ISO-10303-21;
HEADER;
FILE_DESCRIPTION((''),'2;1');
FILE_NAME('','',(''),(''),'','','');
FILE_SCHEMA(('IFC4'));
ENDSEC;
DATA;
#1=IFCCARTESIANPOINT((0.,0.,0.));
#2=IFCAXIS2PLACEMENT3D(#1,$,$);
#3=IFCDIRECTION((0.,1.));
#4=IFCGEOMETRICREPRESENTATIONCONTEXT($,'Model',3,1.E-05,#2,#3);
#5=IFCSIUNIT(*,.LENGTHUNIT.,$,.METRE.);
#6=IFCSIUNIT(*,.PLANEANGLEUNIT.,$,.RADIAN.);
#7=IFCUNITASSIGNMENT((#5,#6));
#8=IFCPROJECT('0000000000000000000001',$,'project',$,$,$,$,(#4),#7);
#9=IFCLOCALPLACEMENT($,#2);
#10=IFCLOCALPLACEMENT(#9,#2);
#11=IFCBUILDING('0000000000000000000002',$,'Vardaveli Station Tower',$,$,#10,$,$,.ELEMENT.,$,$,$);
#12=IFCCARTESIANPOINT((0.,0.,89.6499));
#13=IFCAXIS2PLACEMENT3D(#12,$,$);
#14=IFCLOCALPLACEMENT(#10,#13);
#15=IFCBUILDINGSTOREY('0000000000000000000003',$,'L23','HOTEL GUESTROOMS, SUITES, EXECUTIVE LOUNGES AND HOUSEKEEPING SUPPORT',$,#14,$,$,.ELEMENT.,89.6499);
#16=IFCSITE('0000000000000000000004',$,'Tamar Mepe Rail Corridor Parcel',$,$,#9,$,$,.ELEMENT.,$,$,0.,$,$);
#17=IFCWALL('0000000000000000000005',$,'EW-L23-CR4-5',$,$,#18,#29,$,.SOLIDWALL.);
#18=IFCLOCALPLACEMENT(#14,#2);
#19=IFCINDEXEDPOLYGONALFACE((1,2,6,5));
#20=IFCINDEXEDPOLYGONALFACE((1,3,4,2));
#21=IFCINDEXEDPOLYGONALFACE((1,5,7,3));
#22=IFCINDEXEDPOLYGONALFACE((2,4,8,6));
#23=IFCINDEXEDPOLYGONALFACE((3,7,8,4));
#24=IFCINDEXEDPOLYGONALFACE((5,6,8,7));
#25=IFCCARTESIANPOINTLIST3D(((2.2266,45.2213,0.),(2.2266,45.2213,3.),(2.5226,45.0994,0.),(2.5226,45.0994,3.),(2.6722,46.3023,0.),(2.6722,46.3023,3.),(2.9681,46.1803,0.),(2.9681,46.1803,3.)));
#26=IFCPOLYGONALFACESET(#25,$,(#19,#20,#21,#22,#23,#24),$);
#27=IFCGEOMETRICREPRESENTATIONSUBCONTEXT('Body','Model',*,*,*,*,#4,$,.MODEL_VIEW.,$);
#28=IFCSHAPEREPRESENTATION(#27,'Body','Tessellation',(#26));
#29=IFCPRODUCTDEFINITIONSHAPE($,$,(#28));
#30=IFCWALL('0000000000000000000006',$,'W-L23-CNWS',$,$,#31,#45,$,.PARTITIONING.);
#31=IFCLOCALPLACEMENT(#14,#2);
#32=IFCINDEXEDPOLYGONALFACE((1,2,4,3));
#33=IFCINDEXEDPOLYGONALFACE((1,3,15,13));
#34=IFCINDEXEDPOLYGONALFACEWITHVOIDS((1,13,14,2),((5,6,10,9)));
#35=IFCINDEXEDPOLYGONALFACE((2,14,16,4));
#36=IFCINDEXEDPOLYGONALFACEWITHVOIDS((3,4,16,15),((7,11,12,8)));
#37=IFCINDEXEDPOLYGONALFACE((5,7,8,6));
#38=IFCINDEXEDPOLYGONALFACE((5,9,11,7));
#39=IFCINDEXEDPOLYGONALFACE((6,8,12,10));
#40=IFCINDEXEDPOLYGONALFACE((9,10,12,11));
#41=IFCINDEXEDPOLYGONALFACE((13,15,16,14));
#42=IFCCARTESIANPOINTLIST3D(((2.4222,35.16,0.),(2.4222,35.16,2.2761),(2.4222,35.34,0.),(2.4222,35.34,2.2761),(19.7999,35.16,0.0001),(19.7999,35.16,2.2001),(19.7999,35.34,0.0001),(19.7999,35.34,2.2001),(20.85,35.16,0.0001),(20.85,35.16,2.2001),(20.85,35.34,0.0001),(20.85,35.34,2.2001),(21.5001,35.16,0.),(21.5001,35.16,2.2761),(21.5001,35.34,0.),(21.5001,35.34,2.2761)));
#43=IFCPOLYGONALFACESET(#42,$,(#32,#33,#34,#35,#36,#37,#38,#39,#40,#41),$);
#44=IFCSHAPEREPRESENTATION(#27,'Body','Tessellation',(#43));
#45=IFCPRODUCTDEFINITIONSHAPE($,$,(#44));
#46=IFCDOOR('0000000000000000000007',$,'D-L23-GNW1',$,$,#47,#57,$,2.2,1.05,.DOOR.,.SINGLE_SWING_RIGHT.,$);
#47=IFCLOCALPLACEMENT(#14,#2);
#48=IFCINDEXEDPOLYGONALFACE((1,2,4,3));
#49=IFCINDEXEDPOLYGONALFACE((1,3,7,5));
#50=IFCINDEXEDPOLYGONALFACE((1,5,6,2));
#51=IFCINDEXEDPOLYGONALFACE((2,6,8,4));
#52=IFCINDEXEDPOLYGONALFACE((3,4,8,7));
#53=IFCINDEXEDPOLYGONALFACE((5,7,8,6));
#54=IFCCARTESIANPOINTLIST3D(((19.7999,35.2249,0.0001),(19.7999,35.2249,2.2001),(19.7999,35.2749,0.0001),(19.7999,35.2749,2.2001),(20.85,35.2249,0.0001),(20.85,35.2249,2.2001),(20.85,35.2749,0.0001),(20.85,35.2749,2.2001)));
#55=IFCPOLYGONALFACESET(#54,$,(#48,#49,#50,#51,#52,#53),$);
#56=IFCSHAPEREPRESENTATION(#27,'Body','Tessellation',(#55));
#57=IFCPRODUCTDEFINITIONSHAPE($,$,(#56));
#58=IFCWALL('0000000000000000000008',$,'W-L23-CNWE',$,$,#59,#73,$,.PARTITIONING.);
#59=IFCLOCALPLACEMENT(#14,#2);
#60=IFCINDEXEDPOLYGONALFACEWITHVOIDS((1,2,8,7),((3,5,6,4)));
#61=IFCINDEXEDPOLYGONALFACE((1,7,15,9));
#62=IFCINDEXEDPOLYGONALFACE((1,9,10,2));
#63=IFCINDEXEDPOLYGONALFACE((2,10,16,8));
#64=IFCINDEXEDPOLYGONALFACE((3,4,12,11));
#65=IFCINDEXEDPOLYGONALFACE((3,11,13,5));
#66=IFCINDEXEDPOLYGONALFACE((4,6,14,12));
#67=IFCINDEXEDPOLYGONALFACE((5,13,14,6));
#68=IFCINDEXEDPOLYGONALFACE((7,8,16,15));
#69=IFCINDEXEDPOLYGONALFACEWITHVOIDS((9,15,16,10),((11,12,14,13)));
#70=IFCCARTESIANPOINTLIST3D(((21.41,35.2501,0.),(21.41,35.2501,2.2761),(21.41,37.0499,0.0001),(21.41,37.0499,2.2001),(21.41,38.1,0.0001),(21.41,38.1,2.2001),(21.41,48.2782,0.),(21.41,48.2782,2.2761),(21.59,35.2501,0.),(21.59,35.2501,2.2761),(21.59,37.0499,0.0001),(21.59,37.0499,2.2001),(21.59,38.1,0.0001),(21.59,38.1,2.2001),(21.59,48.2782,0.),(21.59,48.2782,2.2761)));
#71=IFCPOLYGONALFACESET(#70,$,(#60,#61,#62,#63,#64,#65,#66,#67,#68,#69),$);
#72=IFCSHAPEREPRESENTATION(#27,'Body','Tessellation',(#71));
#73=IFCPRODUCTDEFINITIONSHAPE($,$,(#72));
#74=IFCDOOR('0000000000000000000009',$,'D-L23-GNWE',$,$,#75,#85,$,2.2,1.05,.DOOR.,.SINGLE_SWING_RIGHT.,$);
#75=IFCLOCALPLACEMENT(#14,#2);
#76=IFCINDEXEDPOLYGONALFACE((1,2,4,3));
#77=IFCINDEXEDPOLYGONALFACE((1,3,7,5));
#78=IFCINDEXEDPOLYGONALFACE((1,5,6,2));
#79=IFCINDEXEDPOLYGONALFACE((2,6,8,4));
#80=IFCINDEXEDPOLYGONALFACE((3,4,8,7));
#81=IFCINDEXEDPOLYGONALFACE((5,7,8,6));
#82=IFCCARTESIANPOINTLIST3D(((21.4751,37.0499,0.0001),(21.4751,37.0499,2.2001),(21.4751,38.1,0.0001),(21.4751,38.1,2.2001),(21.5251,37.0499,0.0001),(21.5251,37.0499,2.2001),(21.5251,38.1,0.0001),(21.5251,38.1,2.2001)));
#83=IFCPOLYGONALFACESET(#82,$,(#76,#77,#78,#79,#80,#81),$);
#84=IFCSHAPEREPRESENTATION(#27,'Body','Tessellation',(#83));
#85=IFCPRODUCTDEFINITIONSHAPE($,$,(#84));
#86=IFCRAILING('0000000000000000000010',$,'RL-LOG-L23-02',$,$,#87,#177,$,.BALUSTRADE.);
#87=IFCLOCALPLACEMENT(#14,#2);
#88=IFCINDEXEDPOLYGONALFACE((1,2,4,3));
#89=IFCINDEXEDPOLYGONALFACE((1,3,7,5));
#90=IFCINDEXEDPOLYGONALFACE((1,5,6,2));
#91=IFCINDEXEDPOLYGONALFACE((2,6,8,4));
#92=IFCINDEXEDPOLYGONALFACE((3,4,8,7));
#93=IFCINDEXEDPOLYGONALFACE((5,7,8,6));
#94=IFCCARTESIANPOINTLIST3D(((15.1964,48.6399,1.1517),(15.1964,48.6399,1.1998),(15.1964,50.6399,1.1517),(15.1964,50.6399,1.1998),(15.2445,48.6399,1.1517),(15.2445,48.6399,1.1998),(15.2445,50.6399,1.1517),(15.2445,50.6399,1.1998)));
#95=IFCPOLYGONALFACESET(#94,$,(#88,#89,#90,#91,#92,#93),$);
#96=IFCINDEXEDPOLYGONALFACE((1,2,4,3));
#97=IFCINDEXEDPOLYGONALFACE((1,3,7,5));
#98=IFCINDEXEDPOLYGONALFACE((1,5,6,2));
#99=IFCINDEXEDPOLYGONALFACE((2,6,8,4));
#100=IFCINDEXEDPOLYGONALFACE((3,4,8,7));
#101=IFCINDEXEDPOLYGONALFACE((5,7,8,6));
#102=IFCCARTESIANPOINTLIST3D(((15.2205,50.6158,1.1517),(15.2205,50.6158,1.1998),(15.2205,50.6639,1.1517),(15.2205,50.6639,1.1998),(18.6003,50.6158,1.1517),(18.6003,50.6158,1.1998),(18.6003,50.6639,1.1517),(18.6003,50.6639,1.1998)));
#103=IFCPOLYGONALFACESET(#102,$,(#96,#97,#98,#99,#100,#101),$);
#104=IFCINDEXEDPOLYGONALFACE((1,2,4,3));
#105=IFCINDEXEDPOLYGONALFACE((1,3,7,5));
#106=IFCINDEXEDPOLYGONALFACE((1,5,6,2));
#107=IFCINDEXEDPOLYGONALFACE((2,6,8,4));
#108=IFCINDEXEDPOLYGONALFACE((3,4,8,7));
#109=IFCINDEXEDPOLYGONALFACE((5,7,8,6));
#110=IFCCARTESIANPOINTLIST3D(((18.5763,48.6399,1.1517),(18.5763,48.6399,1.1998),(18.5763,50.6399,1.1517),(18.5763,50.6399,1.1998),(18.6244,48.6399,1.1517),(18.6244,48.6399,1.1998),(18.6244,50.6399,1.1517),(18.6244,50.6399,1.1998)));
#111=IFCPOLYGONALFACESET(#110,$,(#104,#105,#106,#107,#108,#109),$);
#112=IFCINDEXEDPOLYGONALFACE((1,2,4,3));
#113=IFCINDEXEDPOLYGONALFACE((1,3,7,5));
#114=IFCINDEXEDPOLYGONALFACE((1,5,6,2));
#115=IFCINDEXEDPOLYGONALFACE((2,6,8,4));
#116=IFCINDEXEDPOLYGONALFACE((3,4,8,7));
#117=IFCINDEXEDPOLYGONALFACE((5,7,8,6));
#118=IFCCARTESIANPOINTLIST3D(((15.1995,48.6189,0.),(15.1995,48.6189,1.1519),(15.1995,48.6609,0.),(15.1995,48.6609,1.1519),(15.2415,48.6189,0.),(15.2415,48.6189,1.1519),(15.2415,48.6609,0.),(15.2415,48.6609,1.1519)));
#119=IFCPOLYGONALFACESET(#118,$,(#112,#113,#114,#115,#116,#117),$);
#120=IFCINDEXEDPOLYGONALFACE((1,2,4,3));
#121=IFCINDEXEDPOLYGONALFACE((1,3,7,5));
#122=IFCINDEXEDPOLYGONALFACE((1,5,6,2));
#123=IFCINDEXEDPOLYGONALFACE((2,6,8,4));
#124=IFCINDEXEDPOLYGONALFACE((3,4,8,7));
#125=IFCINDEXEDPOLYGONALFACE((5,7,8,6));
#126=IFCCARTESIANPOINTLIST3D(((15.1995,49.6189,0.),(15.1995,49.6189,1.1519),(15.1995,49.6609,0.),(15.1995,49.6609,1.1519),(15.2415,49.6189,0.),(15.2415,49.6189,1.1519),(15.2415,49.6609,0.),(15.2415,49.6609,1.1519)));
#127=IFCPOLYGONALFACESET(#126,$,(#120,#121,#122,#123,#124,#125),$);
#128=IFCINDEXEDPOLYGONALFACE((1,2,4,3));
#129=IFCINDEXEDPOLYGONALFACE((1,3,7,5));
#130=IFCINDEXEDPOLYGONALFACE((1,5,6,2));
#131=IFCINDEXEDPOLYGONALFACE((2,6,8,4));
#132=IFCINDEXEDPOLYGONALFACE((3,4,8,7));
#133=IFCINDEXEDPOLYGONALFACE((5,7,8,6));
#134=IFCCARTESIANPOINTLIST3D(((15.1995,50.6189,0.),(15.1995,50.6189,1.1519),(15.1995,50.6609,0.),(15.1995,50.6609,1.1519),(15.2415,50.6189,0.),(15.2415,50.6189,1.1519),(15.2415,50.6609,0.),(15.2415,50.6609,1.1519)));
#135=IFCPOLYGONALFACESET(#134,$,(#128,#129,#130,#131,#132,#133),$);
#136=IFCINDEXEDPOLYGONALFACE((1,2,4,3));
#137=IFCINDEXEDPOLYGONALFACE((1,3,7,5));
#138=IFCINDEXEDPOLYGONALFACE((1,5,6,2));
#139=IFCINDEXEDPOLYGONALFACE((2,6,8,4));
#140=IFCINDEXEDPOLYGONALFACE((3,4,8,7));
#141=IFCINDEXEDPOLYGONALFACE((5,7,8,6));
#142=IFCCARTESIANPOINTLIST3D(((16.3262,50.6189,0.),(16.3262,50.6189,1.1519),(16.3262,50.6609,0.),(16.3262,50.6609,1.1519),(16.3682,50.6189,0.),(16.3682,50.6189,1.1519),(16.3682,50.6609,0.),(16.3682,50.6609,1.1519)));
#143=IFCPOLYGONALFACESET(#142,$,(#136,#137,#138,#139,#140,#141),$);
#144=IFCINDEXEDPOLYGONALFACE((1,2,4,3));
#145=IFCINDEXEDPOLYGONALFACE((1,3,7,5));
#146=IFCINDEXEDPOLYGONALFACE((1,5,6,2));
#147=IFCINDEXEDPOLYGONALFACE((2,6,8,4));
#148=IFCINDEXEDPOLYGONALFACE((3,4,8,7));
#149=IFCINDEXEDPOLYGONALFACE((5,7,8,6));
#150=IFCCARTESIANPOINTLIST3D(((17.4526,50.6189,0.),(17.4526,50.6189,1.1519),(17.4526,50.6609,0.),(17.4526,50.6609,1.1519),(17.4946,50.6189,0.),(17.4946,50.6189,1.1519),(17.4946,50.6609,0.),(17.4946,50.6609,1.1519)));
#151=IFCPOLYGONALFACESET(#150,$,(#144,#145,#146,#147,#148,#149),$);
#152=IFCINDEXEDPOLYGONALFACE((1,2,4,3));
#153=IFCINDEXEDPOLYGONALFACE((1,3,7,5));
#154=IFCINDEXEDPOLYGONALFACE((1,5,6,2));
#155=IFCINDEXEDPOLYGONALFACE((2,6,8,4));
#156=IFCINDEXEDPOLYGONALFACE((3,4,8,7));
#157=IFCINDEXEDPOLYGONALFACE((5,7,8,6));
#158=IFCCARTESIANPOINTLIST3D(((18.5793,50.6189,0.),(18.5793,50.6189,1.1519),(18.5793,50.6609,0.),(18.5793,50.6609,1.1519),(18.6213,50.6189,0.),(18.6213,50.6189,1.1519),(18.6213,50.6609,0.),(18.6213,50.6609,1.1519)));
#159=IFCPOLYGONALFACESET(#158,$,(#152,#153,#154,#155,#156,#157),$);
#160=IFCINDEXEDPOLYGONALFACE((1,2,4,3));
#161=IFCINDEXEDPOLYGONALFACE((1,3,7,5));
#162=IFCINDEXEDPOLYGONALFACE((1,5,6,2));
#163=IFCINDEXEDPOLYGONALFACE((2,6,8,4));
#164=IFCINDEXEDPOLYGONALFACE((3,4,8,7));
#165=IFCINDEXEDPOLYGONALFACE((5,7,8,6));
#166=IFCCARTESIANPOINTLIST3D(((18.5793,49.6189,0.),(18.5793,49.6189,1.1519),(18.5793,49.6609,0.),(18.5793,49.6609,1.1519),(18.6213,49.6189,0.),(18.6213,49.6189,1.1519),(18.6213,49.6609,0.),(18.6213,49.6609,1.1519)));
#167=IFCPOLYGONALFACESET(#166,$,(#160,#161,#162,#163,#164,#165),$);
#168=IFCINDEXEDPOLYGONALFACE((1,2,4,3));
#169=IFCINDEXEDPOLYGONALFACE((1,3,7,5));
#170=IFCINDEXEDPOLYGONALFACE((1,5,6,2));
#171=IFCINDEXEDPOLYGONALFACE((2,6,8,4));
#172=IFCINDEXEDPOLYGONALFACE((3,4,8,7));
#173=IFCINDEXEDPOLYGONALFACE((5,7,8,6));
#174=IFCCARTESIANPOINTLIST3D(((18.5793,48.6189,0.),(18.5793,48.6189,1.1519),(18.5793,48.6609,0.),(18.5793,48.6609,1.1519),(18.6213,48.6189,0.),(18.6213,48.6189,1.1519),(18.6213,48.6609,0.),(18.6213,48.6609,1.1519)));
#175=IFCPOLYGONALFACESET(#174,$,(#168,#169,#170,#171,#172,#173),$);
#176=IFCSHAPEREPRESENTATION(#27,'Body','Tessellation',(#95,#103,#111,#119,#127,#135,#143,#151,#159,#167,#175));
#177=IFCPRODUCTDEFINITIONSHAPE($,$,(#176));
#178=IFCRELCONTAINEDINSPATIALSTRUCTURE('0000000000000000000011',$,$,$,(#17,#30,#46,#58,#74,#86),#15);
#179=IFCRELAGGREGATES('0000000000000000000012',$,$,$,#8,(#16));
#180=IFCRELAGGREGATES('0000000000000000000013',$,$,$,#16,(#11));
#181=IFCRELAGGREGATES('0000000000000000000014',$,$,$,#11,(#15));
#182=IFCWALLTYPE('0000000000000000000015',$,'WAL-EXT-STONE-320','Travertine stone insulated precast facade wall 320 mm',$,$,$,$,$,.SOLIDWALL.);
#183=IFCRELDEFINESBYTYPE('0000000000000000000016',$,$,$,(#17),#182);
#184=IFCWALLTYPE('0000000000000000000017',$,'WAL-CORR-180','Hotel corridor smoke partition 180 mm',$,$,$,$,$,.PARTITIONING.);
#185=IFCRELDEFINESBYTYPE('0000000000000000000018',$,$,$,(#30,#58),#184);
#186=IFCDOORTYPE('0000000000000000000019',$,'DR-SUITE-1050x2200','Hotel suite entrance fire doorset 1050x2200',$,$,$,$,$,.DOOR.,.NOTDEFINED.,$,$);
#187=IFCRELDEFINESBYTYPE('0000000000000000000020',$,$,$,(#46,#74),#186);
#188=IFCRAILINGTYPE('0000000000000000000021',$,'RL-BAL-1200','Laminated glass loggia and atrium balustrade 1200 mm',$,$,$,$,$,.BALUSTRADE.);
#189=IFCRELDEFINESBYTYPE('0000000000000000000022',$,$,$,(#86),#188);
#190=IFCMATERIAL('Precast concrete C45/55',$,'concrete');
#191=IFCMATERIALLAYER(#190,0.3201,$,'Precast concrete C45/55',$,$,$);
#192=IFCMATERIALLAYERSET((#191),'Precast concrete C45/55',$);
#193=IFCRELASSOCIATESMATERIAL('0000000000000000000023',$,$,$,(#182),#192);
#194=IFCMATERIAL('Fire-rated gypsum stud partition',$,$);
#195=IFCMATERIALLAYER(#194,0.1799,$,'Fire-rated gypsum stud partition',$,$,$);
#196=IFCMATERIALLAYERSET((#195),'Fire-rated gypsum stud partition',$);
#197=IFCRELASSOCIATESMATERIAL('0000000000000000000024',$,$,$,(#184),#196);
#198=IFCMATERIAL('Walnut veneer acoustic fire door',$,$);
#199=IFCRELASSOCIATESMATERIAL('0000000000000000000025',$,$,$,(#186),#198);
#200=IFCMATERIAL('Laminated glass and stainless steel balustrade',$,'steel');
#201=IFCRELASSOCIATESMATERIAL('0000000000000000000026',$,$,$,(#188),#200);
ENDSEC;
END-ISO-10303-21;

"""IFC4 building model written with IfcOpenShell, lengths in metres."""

from ifc_helpers import new_model, si_unit, direction, frame, frame_2d, origin, origin_2d, place, context, subcontext, project, spatial, rectangle, extrude, source, transform, mapped, material, layer, layer_set, type_object, element, fill, save


model = new_model("IFC4")

# Units and contexts
model_context = context("Model", 3, precision=1e-05, world=origin(), true_north=direction((0.0, 1.0)))
body_context = subcontext(model_context, "Body", "Model", "MODEL_VIEW")
ifc_project = project(units=[si_unit("LENGTHUNIT", "METRE"), si_unit("PLANEANGLEUNIT", "RADIAN")], contexts=[model_context])

# Site, building, storey
site_placement = place(None, origin())
site = spatial("IfcSite", under=ifc_project, at=site_placement, Name="Tamar Mepe Rail Corridor Parcel", CompositionType="ELEMENT", RefElevation=0.0)
building_placement = place(site_placement, origin())
building = spatial("IfcBuilding", under=site, at=building_placement, Name="Vardaveli Station Tower", CompositionType="ELEMENT")
storey_placement = place(building_placement, frame((0.0, 0.0, 89.6499)))
storey = spatial("IfcBuildingStorey", under=building, at=storey_placement, Name="L23", Description="HOTEL GUESTROOMS, SUITES, EXECUTIVE LOUNGES AND HOUSEKEEPING SUPPORT", CompositionType="ELEMENT", Elevation=89.6499)

# Shared definitions
ifc_material_1 = material(Name="Precast concrete C45/55", Category="concrete")

# Shared definitions
ifc_layer_1 = layer(ifc_material_1, 0.3201, Name="Precast concrete C45/55")
ifc_layer_set_1 = layer_set([ifc_layer_1], Name="Precast concrete C45/55")
wall_type_1 = type_object("IfcWallType", Name="WAL-EXT-STONE-320", Description="Travertine stone insulated precast facade wall 320 mm", PredefinedType="SOLIDWALL", material=ifc_layer_set_1)

# Wall
shared_shape_1 = source(origin(), body_context, "Body", "SweptSolid", [
    extrude(rectangle(XDim=1.1692, YDim=0.3201, at=frame_2d((0.5845, 0.0))), origin(), (0.0, 0.0, 1.0), 3.0),
])
for number, where, z_axis, x_axis, name in (
    (1, (2.8201, 46.2412, 0.0), (0.0, 0.0, 1.0), (-0.381054, -0.924553, 0.0), "EW-L23-CR4-5"),
):
    element("IfcWall", number, at=place(storey_placement, frame(where, z_axis=z_axis, x_axis=x_axis)), inside=storey, type_object=wall_type_1, Name=name, PredefinedType="SOLIDWALL", context=body_context, shape_type="MappedRepresentation", body=[
        mapped(shared_shape_1, transform((0.0, 0.0, 0.0), scale=1.0)),
    ])

# Walls, openings, doors
ifc_material_2 = material(Name="Fire-rated gypsum stud partition")
ifc_layer_2 = layer(ifc_material_2, 0.1799, Name="Fire-rated gypsum stud partition")
ifc_layer_set_2 = layer_set([ifc_layer_2], Name="Fire-rated gypsum stud partition")
wall_type_2 = type_object("IfcWallType", Name="WAL-CORR-180", Description="Hotel corridor smoke partition 180 mm", PredefinedType="PARTITIONING", material=ifc_layer_set_2)
shared_shape_2 = source(origin(), body_context, "Body", "SweptSolid", [
    extrude(rectangle(XDim=19.0779, YDim=0.1799, at=frame_2d((9.5391, 0.0))), origin(), (0.0, 0.0, 1.0), 2.2761),
])
wall_1_placement = place(storey_placement, frame((2.4221, 35.25, 0.0), z_axis=(0.0, 0.0, 1.0), x_axis=(1.0, 0.0, 0.0)))
wall_1 = element("IfcWall", 2, at=wall_1_placement, inside=storey, type_object=wall_type_2, Name="W-L23-CNWS", PredefinedType="PARTITIONING", context=body_context, shape_type="MappedRepresentation", body=[
    mapped(shared_shape_2, transform((0.0, 0.0, 0.0), scale=1.0)),
])
shared_shape_3 = source(origin(), body_context, "Body", "SweptSolid", [
    extrude(rectangle(XDim=1.05, YDim=2.2, at=frame_2d((0.5249, 1.1001))), frame((0.0, 0.1001, 0.0), z_axis=(0.0, -1.0, 0.0), x_axis=(1.0, 0.0, 0.0)), (0.0, 0.0, 1.0), 0.2),
])
opening_1_placement = place(wall_1_placement, frame((17.3779, 0.0, 0.0)))
opening_1 = element("IfcOpeningElement", 3, at=opening_1_placement, cuts=wall_1, PredefinedType="OPENING", context=body_context, shape_type="MappedRepresentation", body=[
    mapped(shared_shape_3, transform((0.0, 0.0, 0.0), scale=1.0)),
])
ifc_material_3 = material(Name="Walnut veneer acoustic fire door")
door_type = type_object("IfcDoorType", Name="DR-SUITE-1050x2200", Description="Hotel suite entrance fire doorset 1050x2200", OperationType="NOTDEFINED", PredefinedType="DOOR", material=ifc_material_3)
shared_shape_4 = source(origin(), body_context, "Body", "SweptSolid", [
    extrude(rectangle(XDim=1.05, YDim=2.2, at=frame_2d((0.5249, 1.1001))), frame((0.0, 0.0249, 0.0), z_axis=(0.0, -1.0, 0.0), x_axis=(1.0, 0.0, 0.0)), (0.0, 0.0, 1.0), 0.05),
])
door_1_placement = place(opening_1_placement, origin())
door_1 = element("IfcDoor", 4, at=door_1_placement, inside=storey, type_object=door_type, Name="D-L23-GNW1", OperationType="SINGLE_SWING_RIGHT", OverallHeight=2.2, OverallWidth=1.05, PredefinedType="DOOR", context=body_context, shape_type="MappedRepresentation", body=[
    mapped(shared_shape_4, transform((0.0, 0.0, 0.0), scale=1.0)),
])
fill(opening_1, door_1)
shared_shape_5 = source(origin(), body_context, "Body", "SweptSolid", [
    extrude(rectangle(XDim=13.0281, YDim=0.1799, at=frame_2d((6.5142, 0.0))), origin(), (0.0, 0.0, 1.0), 2.2761),
])
wall_2_placement = place(storey_placement, frame((21.5, 35.25, 0.0), z_axis=(0.0, 0.0, 1.0), x_axis=(0.0, 1.0, 0.0)))
wall_2 = element("IfcWall", 5, at=wall_2_placement, inside=storey, type_object=wall_type_2, Name="W-L23-CNWE", PredefinedType="PARTITIONING", context=body_context, shape_type="MappedRepresentation", body=[
    mapped(shared_shape_5, transform((0.0, 0.0, 0.0), scale=1.0)),
])
opening_2_placement = place(wall_2_placement, frame((1.8, 0.0, 0.0)))
opening_2 = element("IfcOpeningElement", 6, at=opening_2_placement, cuts=wall_2, PredefinedType="OPENING", context=body_context, shape_type="MappedRepresentation", body=[
    mapped(shared_shape_3, transform((0.0, 0.0, 0.0), scale=1.0)),
])
door_2_placement = place(opening_2_placement, origin())
door_2 = element("IfcDoor", 7, at=door_2_placement, inside=storey, type_object=door_type, Name="D-L23-GNWE", OperationType="SINGLE_SWING_RIGHT", OverallHeight=2.2, OverallWidth=1.05, PredefinedType="DOOR", context=body_context, shape_type="MappedRepresentation", body=[
    mapped(shared_shape_4, transform((0.0, 0.0, 0.0), scale=1.0)),
])
fill(opening_2, door_2)

# Railing
ifc_material_4 = material(Name="Laminated glass and stainless steel balustrade", Category="steel")
railing_type = type_object("IfcRailingType", Name="RL-BAL-1200", Description="Laminated glass loggia and atrium balustrade 1200 mm", PredefinedType="BALUSTRADE", material=ifc_material_4)
shared_shape_6 = source(origin(), body_context, "Body", "SweptSolid", [
    extrude(rectangle(XDim=0.0481, YDim=0.0481, at=origin_2d()), frame((0.0, 0.0, 1.1758), z_axis=(0.0, 1.0, 0.0), x_axis=(-1.0, 0.0, 0.0)), (0.0, 0.0, 1.0), 2.0),
    extrude(rectangle(XDim=0.0481, YDim=0.0481, at=origin_2d()), frame((0.0, 2.0, 1.1758), z_axis=(1.0, 0.0, 0.0), x_axis=(0.0, 1.0, 0.0)), (0.0, 0.0, 1.0), 3.3799),
    extrude(rectangle(XDim=0.0481, YDim=0.0481, at=origin_2d()), frame((3.3799, 2.0, 1.1758), z_axis=(0.0, -1.0, 0.0), x_axis=(1.0, 0.0, 0.0)), (0.0, 0.0, 1.0), 2.0),
    extrude(rectangle(XDim=0.042, YDim=0.042, at=origin_2d()), origin(), (0.0, 0.0, 1.0), 1.1519),
    extrude(rectangle(XDim=0.042, YDim=0.042, at=origin_2d()), frame((0.0, 1.0, 0.0)), (0.0, 0.0, 1.0), 1.1519),
    extrude(rectangle(XDim=0.042, YDim=0.042, at=origin_2d()), frame((0.0, 2.0, 0.0)), (0.0, 0.0, 1.0), 1.1519),
    extrude(rectangle(XDim=0.042, YDim=0.042, at=origin_2d()), frame((1.1267, 2.0, 0.0)), (0.0, 0.0, 1.0), 1.1519),
    extrude(rectangle(XDim=0.042, YDim=0.042, at=origin_2d()), frame((2.2532, 2.0, 0.0)), (0.0, 0.0, 1.0), 1.1519),
    extrude(rectangle(XDim=0.042, YDim=0.042, at=origin_2d()), frame((3.3799, 2.0, 0.0)), (0.0, 0.0, 1.0), 1.1519),
    extrude(rectangle(XDim=0.042, YDim=0.042, at=origin_2d()), frame((3.3799, 1.0, 0.0)), (0.0, 0.0, 1.0), 1.1519),
    extrude(rectangle(XDim=0.042, YDim=0.042, at=origin_2d()), frame((3.3799, 0.0, 0.0)), (0.0, 0.0, 1.0), 1.1519),
])
railing_placement = place(storey_placement, frame((15.2205, 48.6399, 0.0)))
element("IfcRailing", 8, at=railing_placement, inside=storey, type_object=railing_type, Name="RL-LOG-L23-02", PredefinedType="BALUSTRADE", context=body_context, shape_type="MappedRepresentation", body=[
    mapped(shared_shape_6, transform((0.0, 0.0, 0.0), scale=1.0)),
])

save(model, "model.ifc")
